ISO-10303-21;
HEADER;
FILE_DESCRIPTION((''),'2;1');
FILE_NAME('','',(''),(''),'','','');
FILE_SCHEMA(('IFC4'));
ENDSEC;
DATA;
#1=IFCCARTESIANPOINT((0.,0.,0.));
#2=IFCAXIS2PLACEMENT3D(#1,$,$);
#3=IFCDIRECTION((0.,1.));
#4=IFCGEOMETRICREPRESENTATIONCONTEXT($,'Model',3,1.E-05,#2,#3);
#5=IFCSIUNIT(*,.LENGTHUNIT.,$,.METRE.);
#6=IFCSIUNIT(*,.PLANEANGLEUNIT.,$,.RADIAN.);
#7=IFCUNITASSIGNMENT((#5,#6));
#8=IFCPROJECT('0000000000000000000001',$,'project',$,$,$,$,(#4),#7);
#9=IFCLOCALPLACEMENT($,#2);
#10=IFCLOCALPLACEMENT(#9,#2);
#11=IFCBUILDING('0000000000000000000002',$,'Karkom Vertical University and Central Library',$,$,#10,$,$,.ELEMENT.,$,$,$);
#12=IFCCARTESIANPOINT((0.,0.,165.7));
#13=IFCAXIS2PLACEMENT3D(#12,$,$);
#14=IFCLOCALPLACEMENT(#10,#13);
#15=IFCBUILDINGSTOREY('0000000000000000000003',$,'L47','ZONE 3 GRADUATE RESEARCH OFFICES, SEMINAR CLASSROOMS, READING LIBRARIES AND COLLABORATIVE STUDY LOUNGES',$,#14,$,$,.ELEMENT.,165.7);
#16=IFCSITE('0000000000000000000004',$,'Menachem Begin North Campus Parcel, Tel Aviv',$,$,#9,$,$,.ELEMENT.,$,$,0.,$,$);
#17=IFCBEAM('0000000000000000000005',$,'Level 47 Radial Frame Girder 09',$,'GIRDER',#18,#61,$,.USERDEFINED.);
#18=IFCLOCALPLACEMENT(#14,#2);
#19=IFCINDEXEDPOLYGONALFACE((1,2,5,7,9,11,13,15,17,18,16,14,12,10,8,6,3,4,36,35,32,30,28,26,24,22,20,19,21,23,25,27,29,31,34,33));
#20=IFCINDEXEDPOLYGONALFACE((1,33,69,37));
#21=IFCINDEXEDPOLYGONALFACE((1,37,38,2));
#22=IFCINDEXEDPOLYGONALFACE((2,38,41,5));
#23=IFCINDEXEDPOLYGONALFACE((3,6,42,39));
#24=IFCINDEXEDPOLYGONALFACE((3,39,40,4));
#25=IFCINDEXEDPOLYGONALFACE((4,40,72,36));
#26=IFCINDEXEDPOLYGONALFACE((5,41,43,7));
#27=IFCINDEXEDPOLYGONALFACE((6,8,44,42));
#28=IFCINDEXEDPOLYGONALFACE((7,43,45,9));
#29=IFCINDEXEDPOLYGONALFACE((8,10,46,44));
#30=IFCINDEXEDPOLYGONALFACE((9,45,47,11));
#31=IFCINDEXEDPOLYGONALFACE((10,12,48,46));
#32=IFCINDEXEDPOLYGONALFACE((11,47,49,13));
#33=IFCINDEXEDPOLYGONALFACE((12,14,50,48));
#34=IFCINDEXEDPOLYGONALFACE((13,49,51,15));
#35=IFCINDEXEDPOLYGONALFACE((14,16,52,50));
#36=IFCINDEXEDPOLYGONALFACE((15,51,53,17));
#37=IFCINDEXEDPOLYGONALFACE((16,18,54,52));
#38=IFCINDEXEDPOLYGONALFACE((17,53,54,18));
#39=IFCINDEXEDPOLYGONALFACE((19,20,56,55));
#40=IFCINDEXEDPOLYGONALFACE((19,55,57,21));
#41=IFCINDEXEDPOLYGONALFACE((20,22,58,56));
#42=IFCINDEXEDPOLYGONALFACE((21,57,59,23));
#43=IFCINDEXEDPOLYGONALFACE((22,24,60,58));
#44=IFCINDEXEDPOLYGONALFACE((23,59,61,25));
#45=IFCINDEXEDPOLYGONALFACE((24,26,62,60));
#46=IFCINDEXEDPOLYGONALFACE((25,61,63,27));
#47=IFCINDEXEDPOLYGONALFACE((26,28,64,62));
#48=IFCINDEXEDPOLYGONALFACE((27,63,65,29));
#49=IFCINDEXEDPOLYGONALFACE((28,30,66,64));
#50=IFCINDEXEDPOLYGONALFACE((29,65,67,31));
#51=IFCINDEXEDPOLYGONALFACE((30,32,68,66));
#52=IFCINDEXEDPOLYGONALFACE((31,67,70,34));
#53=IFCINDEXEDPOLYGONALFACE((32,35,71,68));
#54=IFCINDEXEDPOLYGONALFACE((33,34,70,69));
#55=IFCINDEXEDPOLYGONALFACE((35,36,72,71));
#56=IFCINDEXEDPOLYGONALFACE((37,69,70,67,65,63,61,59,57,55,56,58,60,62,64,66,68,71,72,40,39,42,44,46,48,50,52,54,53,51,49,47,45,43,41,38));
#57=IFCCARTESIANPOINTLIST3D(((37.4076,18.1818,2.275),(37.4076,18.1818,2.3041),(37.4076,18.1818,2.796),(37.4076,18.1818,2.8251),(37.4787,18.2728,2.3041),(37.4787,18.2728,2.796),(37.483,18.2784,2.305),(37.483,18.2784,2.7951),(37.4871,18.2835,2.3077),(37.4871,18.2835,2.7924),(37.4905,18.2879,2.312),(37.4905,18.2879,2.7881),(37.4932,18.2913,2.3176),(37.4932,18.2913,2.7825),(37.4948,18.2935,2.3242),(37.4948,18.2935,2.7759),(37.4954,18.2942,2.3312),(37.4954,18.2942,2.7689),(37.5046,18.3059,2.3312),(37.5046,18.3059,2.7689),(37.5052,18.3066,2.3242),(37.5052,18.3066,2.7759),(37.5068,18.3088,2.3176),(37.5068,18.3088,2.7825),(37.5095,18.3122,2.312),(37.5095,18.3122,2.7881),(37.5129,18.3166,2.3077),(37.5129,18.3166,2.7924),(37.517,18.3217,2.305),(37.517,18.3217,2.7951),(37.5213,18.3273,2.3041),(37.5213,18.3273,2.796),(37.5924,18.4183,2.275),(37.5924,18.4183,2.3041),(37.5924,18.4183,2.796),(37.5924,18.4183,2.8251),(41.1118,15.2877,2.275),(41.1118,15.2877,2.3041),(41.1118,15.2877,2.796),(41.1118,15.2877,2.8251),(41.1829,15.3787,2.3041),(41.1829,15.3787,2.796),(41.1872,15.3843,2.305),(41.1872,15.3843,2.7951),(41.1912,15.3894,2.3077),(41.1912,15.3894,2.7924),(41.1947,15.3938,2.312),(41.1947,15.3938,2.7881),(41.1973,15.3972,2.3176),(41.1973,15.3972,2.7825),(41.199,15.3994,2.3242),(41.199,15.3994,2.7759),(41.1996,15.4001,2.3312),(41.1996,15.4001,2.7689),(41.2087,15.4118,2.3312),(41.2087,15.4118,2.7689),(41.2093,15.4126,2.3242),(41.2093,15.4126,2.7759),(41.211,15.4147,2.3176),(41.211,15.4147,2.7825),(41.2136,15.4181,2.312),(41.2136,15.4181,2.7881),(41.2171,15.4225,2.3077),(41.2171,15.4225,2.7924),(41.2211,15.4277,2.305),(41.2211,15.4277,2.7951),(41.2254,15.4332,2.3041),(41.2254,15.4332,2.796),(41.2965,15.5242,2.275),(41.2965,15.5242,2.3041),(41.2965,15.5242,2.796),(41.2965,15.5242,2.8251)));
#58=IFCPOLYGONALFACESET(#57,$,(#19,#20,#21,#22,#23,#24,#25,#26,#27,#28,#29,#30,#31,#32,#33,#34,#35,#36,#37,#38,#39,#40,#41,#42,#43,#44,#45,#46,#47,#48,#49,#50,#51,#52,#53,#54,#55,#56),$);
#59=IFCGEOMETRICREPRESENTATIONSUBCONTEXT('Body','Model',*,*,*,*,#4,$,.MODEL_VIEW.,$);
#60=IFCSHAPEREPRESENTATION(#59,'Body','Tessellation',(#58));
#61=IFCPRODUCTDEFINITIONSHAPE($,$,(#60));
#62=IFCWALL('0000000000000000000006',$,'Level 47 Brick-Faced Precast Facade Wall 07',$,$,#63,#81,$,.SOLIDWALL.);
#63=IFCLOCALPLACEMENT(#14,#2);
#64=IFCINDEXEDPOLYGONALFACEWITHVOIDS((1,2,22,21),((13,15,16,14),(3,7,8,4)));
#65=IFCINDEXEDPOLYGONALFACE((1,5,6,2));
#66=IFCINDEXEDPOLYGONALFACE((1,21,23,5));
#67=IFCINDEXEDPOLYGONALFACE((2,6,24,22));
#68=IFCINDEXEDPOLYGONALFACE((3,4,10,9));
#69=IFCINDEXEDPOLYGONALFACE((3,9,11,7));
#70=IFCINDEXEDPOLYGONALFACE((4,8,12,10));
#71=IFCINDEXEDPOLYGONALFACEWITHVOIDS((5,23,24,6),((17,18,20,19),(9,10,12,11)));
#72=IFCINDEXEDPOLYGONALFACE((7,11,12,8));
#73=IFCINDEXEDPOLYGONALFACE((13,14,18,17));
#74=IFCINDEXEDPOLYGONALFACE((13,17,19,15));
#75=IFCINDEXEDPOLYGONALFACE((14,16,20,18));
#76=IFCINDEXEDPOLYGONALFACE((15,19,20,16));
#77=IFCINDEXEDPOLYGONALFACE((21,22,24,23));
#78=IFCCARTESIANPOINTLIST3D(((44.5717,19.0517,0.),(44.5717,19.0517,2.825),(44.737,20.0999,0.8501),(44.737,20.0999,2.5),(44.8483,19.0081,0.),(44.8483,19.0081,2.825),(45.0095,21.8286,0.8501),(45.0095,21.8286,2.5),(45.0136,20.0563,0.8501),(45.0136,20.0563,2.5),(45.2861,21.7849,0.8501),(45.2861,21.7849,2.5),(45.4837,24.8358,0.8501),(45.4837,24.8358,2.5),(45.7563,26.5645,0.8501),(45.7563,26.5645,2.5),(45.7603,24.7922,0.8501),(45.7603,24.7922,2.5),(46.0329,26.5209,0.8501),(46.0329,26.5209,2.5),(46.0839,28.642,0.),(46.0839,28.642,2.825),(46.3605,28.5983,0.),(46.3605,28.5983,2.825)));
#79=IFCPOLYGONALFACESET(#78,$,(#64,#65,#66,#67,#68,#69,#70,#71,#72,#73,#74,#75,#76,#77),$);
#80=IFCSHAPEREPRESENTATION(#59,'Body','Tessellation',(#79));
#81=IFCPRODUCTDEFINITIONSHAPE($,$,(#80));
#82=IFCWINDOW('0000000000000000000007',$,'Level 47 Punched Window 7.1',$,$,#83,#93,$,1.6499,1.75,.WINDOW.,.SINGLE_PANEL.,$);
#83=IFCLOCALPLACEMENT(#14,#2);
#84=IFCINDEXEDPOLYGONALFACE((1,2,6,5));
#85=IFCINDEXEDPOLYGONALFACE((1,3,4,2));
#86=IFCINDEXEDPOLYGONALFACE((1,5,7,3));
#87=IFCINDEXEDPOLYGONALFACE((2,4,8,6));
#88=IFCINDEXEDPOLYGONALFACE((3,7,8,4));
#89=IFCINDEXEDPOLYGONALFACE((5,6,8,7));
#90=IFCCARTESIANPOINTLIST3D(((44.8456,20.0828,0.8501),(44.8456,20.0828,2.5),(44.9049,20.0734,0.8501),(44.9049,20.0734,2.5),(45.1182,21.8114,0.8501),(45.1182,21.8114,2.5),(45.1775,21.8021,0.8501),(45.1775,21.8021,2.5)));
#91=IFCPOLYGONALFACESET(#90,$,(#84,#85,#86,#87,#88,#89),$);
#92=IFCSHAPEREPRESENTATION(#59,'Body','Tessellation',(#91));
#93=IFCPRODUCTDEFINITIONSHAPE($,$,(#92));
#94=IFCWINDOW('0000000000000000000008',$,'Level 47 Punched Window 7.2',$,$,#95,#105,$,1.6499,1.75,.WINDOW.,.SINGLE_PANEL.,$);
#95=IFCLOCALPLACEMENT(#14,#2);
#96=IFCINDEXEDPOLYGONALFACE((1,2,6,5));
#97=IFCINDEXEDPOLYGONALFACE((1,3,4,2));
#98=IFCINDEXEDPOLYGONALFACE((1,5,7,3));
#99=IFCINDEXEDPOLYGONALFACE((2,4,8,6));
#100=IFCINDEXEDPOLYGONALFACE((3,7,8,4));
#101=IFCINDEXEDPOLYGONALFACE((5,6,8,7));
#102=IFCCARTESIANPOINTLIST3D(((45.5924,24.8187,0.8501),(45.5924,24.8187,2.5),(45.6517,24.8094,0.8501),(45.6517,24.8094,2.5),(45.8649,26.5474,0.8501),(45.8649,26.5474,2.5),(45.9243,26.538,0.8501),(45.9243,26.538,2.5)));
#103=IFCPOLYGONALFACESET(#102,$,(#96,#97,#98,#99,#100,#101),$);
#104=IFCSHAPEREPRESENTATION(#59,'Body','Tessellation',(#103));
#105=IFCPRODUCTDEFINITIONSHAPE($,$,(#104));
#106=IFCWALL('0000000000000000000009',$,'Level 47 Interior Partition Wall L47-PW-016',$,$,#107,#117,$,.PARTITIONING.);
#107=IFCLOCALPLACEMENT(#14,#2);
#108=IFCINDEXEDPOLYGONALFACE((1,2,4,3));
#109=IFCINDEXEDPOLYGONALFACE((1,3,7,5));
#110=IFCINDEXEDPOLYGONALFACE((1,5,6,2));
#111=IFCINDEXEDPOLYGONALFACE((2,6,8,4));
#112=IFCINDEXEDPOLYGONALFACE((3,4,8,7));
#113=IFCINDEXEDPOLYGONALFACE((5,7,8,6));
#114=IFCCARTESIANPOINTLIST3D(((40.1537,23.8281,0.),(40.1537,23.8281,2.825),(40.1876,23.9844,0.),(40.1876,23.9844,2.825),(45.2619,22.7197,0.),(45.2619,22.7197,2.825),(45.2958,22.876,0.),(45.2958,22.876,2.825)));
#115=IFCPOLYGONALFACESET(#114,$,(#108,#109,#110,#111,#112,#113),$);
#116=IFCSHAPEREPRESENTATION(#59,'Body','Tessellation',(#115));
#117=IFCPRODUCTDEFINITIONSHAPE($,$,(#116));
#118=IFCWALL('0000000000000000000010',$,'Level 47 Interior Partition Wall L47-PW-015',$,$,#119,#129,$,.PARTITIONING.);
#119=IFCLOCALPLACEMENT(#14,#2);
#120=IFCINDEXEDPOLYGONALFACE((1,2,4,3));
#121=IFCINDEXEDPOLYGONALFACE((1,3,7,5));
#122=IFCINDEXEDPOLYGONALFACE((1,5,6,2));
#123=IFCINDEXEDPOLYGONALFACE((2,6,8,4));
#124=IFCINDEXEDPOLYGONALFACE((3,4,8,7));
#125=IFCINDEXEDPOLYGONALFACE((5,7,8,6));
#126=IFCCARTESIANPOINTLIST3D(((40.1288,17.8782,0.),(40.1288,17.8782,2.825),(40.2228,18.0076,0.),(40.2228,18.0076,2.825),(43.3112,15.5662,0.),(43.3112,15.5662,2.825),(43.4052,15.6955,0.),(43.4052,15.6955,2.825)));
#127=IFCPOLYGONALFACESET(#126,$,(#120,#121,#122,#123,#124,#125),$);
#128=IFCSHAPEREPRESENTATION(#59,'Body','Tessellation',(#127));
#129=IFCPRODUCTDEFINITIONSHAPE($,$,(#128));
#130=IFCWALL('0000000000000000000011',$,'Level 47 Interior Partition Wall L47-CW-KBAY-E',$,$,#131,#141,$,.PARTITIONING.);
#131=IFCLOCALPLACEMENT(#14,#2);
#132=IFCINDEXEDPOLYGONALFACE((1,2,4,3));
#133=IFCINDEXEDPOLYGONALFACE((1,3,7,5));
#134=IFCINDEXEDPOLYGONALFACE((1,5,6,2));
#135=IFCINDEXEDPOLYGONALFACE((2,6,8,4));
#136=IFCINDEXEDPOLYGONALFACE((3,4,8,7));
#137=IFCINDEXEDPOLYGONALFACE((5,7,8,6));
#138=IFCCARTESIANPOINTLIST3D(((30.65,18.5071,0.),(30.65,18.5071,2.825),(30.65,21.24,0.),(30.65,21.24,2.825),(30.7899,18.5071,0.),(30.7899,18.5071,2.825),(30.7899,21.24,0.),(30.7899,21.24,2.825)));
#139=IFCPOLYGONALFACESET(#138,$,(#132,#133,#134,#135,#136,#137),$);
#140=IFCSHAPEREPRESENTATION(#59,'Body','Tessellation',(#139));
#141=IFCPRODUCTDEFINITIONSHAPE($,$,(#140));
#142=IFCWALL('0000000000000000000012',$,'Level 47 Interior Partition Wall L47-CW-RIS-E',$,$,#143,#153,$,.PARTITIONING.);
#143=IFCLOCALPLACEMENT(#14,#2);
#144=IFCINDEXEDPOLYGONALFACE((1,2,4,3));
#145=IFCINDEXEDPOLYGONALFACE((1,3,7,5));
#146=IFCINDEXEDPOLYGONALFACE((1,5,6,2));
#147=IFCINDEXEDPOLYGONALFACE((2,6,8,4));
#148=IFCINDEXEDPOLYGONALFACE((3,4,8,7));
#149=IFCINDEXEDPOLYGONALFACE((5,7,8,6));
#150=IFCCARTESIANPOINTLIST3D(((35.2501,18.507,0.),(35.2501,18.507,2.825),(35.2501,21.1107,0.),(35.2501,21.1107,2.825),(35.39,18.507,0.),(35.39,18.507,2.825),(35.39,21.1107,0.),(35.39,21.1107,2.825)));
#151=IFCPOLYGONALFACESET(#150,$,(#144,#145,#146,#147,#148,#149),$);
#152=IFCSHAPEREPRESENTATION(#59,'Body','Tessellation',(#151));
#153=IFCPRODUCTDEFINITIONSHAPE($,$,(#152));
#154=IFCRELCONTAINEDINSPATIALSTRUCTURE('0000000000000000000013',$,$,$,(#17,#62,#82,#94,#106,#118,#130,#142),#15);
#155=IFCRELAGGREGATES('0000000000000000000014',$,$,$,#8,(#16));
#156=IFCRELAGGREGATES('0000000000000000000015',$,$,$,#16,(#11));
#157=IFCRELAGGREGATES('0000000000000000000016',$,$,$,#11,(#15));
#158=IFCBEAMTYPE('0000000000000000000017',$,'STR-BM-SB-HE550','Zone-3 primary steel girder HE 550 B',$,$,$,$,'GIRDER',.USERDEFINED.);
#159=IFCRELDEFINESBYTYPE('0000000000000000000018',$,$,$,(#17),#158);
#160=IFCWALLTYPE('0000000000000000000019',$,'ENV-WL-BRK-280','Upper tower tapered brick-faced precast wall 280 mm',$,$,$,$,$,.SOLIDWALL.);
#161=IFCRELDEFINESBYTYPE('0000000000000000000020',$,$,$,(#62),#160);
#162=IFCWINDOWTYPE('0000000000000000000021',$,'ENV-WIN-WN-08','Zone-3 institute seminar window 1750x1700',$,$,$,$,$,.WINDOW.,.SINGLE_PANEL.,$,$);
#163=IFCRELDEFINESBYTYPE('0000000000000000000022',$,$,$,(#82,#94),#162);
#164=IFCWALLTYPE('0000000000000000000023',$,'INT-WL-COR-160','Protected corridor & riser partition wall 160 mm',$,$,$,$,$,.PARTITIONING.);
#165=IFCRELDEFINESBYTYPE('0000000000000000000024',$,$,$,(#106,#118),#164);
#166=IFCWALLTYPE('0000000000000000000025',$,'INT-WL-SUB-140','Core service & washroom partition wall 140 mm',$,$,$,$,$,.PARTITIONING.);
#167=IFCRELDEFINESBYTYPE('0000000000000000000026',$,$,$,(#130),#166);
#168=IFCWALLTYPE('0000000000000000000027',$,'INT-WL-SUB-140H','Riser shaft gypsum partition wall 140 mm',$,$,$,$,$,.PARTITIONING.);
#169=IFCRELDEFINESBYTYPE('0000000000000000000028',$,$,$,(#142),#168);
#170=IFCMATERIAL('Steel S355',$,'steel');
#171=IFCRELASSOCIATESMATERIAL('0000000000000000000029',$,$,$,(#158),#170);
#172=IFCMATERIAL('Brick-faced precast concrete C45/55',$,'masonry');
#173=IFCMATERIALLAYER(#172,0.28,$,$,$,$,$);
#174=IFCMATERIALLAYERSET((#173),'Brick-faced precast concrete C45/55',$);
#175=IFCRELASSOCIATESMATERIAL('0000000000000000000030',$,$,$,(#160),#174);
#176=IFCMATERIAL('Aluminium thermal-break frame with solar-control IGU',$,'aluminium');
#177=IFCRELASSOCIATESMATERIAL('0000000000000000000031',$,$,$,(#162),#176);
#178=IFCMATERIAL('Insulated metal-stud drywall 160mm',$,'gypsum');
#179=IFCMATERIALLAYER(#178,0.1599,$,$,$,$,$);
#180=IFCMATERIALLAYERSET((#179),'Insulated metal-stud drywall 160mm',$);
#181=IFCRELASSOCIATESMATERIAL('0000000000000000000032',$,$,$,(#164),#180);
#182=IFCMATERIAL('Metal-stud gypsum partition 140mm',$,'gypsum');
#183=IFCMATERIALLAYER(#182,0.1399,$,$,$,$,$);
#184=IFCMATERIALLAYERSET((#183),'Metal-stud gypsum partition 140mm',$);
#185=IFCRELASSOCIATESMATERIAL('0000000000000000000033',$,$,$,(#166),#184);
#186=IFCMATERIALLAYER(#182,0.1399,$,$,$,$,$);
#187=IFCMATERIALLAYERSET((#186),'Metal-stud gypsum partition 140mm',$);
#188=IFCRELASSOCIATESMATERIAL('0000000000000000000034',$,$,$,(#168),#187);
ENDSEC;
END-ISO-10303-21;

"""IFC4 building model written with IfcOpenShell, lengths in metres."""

from ifc_helpers import new_model, si_unit, direction, frame, frame_2d, origin, origin_with_axes, origin_2d, place, context, subcontext, project, spatial, rectangle, i_section, extrude, source, transform, mapped, material, layer, layer_set, material_profile, profile_set, type_object, element, fill, save


model = new_model("IFC4")

# Units and contexts
model_context = context("Model", 3, precision=1e-05, world=origin(), true_north=direction((0.0, 1.0)))
body_context = subcontext(model_context, "Body", "Model", "MODEL_VIEW")
ifc_project = project(units=[si_unit("LENGTHUNIT", "METRE"), si_unit("PLANEANGLEUNIT", "RADIAN")], contexts=[model_context])

# Site, building, storey
site_placement = place(None, origin())
site = spatial("IfcSite", under=ifc_project, at=site_placement, Name="Menachem Begin North Campus Parcel, Tel Aviv", CompositionType="ELEMENT", RefElevation=0.0)
building_placement = place(site_placement, origin())
building = spatial("IfcBuilding", under=site, at=building_placement, Name="Karkom Vertical University and Central Library", CompositionType="ELEMENT")
storey_placement = place(building_placement, frame((0.0, 0.0, 165.7)))
storey = spatial("IfcBuildingStorey", under=building, at=storey_placement, Name="L47", Description="ZONE 3 GRADUATE RESEARCH OFFICES, SEMINAR CLASSROOMS, READING LIBRARIES AND COLLABORATIVE STUDY LOUNGES", CompositionType="ELEMENT", Elevation=165.7)

# Beam
ifc_material_1 = material(Name="Steel S355", Category="steel")
ifc_material_profile_1 = material_profile(ifc_material_1, i_section(OverallWidth=0.3, OverallDepth=0.55, WebThickness=0.0149, FlangeThickness=0.0291, FilletRadius=0.0271, at=origin_2d()), Name="HE 550 B")
ifc_profile_set_1 = profile_set([ifc_material_profile_1], Name="Steel S355")
beam_type_1 = type_object("IfcBeamType", Name="STR-BM-SB-HE550", Description="Zone-3 primary steel girder HE 550 B", ElementType="GIRDER", PredefinedType="USERDEFINED", material=ifc_profile_set_1)
shared_shape_1 = source(origin_with_axes(), body_context, "Body", "SweptSolid", [
    extrude(i_section(OverallWidth=0.3, OverallDepth=0.55, WebThickness=0.0149, FlangeThickness=0.0291, FilletRadius=0.0271, at=origin_2d()), origin(), (0.0, 0.0, 1.0), 4.7007),
])
beam_1_placement = place(storey_placement, frame((37.5, 18.3, 2.55), z_axis=(0.788002, -0.615672, 0.0), x_axis=(0.615672, 0.788002, 0.0)))
element("IfcBeam", 1, at=beam_1_placement, inside=storey, type_object=beam_type_1, Name="Level 47 Radial Frame Girder 09", ObjectType="GIRDER", PredefinedType="USERDEFINED", context=body_context, shape_type="MappedRepresentation", body=[
    mapped(shared_shape_1, transform((0.0, 0.0, 0.0), scale=1.0)),
])

# Wall, openings, windows
ifc_material_2 = material(Name="Brick-faced precast concrete C45/55", Category="masonry")
ifc_layer_1 = layer(ifc_material_2, 0.28)
ifc_layer_set_1 = layer_set([ifc_layer_1], Name="Brick-faced precast concrete C45/55")
wall_type_1 = type_object("IfcWallType", Name="ENV-WL-BRK-280", Description="Upper tower tapered brick-faced precast wall 280 mm", PredefinedType="SOLIDWALL", material=ifc_layer_set_1)
wall_1_placement = place(storey_placement, frame((44.71, 19.0298, 0.0), z_axis=(0.0, 0.0, 1.0), x_axis=(0.155756, 0.987796, 0.0)))
wall_1 = element("IfcWall", 2, at=wall_1_placement, inside=storey, type_object=wall_type_1, Name="Level 47 Brick-Faced Precast Facade Wall 07", PredefinedType="SOLIDWALL", context=body_context, shape_type="SweptSolid", body=[
    extrude(rectangle(XDim=9.7087, YDim=0.28, at=frame_2d((4.8545, 0.0))), origin(), (0.0, 0.0, 1.0), 2.825),
])
opening_1_placement = place(wall_1_placement, frame((1.0613, 0.0, 0.8501)))
opening_1 = element("IfcOpeningElement", 3, at=opening_1_placement, cuts=wall_1, PredefinedType="OPENING", context=body_context, shape_type="SweptSolid", body=[
    extrude(rectangle(XDim=1.75, YDim=1.6499, at=frame_2d((0.875, 0.825))), frame((0.0, 0.1499, 0.0), z_axis=(0.0, -1.0, 0.0), x_axis=(1.0, 0.0, 0.0)), (0.0, 0.0, 1.0), 0.3),
])
opening_2_placement = place(wall_1_placement, frame((5.8557, 0.0, 0.8501)))
opening_2 = element("IfcOpeningElement", 4, at=opening_2_placement, cuts=wall_1, PredefinedType="OPENING", context=body_context, shape_type="SweptSolid", body=[
    extrude(rectangle(XDim=1.75, YDim=1.6499, at=frame_2d((0.875, 0.825))), frame((0.0, 0.1499, 0.0), z_axis=(0.0, -1.0, 0.0), x_axis=(1.0, 0.0, 0.0)), (0.0, 0.0, 1.0), 0.3),
])
ifc_material_3 = material(Name="Aluminium thermal-break frame with solar-control IGU", Category="aluminium")
window_type = type_object("IfcWindowType", Name="ENV-WIN-WN-08", Description="Zone-3 institute seminar window 1750x1700", PartitioningType="SINGLE_PANEL", PredefinedType="WINDOW", material=ifc_material_3)
shared_shape_2 = source(origin_with_axes(), body_context, "Body", "SweptSolid", [
    extrude(rectangle(XDim=1.75, YDim=1.6499, at=frame_2d((0.875, 0.825))), frame((0.0, 0.03, 0.0), z_axis=(0.0, -1.0, 0.0), x_axis=(1.0, 0.0, 0.0)), (0.0, 0.0, 1.0), 0.0601),
])
window_1_placement = place(opening_1_placement, origin())
window_1 = element("IfcWindow", 5, at=window_1_placement, inside=storey, type_object=window_type, Name="Level 47 Punched Window 7.1", OverallHeight=1.6499, OverallWidth=1.75, PartitioningType="SINGLE_PANEL", PredefinedType="WINDOW", context=body_context, shape_type="MappedRepresentation", body=[
    mapped(shared_shape_2, transform((0.0, 0.0, 0.0), scale=1.0)),
])
fill(opening_1, window_1)
window_2_placement = place(opening_2_placement, origin())
window_2 = element("IfcWindow", 6, at=window_2_placement, inside=storey, type_object=window_type, Name="Level 47 Punched Window 7.2", OverallHeight=1.6499, OverallWidth=1.75, PartitioningType="SINGLE_PANEL", PredefinedType="WINDOW", context=body_context, shape_type="MappedRepresentation", body=[
    mapped(shared_shape_2, transform((0.0, 0.0, 0.0), scale=1.0)),
])
fill(opening_2, window_2)

# Walls
ifc_material_4 = material(Name="Insulated metal-stud drywall 160mm", Category="gypsum")
ifc_layer_2 = layer(ifc_material_4, 0.1599)
ifc_layer_set_2 = layer_set([ifc_layer_2], Name="Insulated metal-stud drywall 160mm")
wall_type_2 = type_object("IfcWallType", Name="INT-WL-COR-160", Description="Protected corridor & riser partition wall 160 mm", PredefinedType="PARTITIONING", material=ifc_layer_set_2)
wall_2_placement = place(storey_placement, frame((40.1707, 23.9062, 0.0), z_axis=(0.0, 0.0, 1.0), x_axis=(0.977258, -0.212052, 0.0)))
element("IfcWall", 7, at=wall_2_placement, inside=storey, type_object=wall_type_2, Name="Level 47 Interior Partition Wall L47-PW-016", PredefinedType="PARTITIONING", context=body_context, shape_type="SweptSolid", body=[
    extrude(rectangle(XDim=5.2271, YDim=0.1599, at=frame_2d((2.6135, 0.0))), origin(), (0.0, 0.0, 1.0), 2.825),
])
wall_3_placement = place(storey_placement, frame((40.1758, 17.9429, 0.0), z_axis=(0.0, 0.0, 1.0), x_axis=(0.809031, -0.587766, 0.0)))
element("IfcWall", 8, at=wall_3_placement, inside=storey, type_object=wall_type_2, Name="Level 47 Interior Partition Wall L47-PW-015", PredefinedType="PARTITIONING", context=body_context, shape_type="SweptSolid", body=[
    extrude(rectangle(XDim=3.9336, YDim=0.1599, at=frame_2d((1.9668, 0.0))), origin(), (0.0, 0.0, 1.0), 2.825),
])
ifc_material_5 = material(Name="Metal-stud gypsum partition 140mm", Category="gypsum")
ifc_layer_3 = layer(ifc_material_5, 0.1399)
ifc_layer_set_3 = layer_set([ifc_layer_3], Name="Metal-stud gypsum partition 140mm")
wall_type_3 = type_object("IfcWallType", Name="INT-WL-SUB-140", Description="Core service & washroom partition wall 140 mm", PredefinedType="PARTITIONING", material=ifc_layer_set_3)
wall_4_placement = place(storey_placement, frame((30.72, 18.5071, 0.0), z_axis=(0.0, 0.0, 1.0), x_axis=(0.0, 1.0, 0.0)))
element("IfcWall", 9, at=wall_4_placement, inside=storey, type_object=wall_type_3, Name="Level 47 Interior Partition Wall L47-CW-KBAY-E", PredefinedType="PARTITIONING", context=body_context, shape_type="SweptSolid", body=[
    extrude(rectangle(XDim=2.7329, YDim=0.1399, at=frame_2d((1.3665, 0.0))), origin(), (0.0, 0.0, 1.0), 2.825),
])
ifc_layer_4 = layer(ifc_material_5, 0.1399)
ifc_layer_set_4 = layer_set([ifc_layer_4], Name="Metal-stud gypsum partition 140mm")
wall_type_4 = type_object("IfcWallType", Name="INT-WL-SUB-140H", Description="Riser shaft gypsum partition wall 140 mm", PredefinedType="PARTITIONING", material=ifc_layer_set_4)
wall_5_placement = place(storey_placement, frame((35.3201, 18.5071, 0.0), z_axis=(0.0, 0.0, 1.0), x_axis=(0.0, 1.0, 0.0)))
element("IfcWall", 10, at=wall_5_placement, inside=storey, type_object=wall_type_4, Name="Level 47 Interior Partition Wall L47-CW-RIS-E", PredefinedType="PARTITIONING", context=body_context, shape_type="SweptSolid", body=[
    extrude(rectangle(XDim=2.6038, YDim=0.1399, at=frame_2d((1.3018, 0.0))), origin(), (0.0, 0.0, 1.0), 2.825),
])

save(model, "model.ifc")
